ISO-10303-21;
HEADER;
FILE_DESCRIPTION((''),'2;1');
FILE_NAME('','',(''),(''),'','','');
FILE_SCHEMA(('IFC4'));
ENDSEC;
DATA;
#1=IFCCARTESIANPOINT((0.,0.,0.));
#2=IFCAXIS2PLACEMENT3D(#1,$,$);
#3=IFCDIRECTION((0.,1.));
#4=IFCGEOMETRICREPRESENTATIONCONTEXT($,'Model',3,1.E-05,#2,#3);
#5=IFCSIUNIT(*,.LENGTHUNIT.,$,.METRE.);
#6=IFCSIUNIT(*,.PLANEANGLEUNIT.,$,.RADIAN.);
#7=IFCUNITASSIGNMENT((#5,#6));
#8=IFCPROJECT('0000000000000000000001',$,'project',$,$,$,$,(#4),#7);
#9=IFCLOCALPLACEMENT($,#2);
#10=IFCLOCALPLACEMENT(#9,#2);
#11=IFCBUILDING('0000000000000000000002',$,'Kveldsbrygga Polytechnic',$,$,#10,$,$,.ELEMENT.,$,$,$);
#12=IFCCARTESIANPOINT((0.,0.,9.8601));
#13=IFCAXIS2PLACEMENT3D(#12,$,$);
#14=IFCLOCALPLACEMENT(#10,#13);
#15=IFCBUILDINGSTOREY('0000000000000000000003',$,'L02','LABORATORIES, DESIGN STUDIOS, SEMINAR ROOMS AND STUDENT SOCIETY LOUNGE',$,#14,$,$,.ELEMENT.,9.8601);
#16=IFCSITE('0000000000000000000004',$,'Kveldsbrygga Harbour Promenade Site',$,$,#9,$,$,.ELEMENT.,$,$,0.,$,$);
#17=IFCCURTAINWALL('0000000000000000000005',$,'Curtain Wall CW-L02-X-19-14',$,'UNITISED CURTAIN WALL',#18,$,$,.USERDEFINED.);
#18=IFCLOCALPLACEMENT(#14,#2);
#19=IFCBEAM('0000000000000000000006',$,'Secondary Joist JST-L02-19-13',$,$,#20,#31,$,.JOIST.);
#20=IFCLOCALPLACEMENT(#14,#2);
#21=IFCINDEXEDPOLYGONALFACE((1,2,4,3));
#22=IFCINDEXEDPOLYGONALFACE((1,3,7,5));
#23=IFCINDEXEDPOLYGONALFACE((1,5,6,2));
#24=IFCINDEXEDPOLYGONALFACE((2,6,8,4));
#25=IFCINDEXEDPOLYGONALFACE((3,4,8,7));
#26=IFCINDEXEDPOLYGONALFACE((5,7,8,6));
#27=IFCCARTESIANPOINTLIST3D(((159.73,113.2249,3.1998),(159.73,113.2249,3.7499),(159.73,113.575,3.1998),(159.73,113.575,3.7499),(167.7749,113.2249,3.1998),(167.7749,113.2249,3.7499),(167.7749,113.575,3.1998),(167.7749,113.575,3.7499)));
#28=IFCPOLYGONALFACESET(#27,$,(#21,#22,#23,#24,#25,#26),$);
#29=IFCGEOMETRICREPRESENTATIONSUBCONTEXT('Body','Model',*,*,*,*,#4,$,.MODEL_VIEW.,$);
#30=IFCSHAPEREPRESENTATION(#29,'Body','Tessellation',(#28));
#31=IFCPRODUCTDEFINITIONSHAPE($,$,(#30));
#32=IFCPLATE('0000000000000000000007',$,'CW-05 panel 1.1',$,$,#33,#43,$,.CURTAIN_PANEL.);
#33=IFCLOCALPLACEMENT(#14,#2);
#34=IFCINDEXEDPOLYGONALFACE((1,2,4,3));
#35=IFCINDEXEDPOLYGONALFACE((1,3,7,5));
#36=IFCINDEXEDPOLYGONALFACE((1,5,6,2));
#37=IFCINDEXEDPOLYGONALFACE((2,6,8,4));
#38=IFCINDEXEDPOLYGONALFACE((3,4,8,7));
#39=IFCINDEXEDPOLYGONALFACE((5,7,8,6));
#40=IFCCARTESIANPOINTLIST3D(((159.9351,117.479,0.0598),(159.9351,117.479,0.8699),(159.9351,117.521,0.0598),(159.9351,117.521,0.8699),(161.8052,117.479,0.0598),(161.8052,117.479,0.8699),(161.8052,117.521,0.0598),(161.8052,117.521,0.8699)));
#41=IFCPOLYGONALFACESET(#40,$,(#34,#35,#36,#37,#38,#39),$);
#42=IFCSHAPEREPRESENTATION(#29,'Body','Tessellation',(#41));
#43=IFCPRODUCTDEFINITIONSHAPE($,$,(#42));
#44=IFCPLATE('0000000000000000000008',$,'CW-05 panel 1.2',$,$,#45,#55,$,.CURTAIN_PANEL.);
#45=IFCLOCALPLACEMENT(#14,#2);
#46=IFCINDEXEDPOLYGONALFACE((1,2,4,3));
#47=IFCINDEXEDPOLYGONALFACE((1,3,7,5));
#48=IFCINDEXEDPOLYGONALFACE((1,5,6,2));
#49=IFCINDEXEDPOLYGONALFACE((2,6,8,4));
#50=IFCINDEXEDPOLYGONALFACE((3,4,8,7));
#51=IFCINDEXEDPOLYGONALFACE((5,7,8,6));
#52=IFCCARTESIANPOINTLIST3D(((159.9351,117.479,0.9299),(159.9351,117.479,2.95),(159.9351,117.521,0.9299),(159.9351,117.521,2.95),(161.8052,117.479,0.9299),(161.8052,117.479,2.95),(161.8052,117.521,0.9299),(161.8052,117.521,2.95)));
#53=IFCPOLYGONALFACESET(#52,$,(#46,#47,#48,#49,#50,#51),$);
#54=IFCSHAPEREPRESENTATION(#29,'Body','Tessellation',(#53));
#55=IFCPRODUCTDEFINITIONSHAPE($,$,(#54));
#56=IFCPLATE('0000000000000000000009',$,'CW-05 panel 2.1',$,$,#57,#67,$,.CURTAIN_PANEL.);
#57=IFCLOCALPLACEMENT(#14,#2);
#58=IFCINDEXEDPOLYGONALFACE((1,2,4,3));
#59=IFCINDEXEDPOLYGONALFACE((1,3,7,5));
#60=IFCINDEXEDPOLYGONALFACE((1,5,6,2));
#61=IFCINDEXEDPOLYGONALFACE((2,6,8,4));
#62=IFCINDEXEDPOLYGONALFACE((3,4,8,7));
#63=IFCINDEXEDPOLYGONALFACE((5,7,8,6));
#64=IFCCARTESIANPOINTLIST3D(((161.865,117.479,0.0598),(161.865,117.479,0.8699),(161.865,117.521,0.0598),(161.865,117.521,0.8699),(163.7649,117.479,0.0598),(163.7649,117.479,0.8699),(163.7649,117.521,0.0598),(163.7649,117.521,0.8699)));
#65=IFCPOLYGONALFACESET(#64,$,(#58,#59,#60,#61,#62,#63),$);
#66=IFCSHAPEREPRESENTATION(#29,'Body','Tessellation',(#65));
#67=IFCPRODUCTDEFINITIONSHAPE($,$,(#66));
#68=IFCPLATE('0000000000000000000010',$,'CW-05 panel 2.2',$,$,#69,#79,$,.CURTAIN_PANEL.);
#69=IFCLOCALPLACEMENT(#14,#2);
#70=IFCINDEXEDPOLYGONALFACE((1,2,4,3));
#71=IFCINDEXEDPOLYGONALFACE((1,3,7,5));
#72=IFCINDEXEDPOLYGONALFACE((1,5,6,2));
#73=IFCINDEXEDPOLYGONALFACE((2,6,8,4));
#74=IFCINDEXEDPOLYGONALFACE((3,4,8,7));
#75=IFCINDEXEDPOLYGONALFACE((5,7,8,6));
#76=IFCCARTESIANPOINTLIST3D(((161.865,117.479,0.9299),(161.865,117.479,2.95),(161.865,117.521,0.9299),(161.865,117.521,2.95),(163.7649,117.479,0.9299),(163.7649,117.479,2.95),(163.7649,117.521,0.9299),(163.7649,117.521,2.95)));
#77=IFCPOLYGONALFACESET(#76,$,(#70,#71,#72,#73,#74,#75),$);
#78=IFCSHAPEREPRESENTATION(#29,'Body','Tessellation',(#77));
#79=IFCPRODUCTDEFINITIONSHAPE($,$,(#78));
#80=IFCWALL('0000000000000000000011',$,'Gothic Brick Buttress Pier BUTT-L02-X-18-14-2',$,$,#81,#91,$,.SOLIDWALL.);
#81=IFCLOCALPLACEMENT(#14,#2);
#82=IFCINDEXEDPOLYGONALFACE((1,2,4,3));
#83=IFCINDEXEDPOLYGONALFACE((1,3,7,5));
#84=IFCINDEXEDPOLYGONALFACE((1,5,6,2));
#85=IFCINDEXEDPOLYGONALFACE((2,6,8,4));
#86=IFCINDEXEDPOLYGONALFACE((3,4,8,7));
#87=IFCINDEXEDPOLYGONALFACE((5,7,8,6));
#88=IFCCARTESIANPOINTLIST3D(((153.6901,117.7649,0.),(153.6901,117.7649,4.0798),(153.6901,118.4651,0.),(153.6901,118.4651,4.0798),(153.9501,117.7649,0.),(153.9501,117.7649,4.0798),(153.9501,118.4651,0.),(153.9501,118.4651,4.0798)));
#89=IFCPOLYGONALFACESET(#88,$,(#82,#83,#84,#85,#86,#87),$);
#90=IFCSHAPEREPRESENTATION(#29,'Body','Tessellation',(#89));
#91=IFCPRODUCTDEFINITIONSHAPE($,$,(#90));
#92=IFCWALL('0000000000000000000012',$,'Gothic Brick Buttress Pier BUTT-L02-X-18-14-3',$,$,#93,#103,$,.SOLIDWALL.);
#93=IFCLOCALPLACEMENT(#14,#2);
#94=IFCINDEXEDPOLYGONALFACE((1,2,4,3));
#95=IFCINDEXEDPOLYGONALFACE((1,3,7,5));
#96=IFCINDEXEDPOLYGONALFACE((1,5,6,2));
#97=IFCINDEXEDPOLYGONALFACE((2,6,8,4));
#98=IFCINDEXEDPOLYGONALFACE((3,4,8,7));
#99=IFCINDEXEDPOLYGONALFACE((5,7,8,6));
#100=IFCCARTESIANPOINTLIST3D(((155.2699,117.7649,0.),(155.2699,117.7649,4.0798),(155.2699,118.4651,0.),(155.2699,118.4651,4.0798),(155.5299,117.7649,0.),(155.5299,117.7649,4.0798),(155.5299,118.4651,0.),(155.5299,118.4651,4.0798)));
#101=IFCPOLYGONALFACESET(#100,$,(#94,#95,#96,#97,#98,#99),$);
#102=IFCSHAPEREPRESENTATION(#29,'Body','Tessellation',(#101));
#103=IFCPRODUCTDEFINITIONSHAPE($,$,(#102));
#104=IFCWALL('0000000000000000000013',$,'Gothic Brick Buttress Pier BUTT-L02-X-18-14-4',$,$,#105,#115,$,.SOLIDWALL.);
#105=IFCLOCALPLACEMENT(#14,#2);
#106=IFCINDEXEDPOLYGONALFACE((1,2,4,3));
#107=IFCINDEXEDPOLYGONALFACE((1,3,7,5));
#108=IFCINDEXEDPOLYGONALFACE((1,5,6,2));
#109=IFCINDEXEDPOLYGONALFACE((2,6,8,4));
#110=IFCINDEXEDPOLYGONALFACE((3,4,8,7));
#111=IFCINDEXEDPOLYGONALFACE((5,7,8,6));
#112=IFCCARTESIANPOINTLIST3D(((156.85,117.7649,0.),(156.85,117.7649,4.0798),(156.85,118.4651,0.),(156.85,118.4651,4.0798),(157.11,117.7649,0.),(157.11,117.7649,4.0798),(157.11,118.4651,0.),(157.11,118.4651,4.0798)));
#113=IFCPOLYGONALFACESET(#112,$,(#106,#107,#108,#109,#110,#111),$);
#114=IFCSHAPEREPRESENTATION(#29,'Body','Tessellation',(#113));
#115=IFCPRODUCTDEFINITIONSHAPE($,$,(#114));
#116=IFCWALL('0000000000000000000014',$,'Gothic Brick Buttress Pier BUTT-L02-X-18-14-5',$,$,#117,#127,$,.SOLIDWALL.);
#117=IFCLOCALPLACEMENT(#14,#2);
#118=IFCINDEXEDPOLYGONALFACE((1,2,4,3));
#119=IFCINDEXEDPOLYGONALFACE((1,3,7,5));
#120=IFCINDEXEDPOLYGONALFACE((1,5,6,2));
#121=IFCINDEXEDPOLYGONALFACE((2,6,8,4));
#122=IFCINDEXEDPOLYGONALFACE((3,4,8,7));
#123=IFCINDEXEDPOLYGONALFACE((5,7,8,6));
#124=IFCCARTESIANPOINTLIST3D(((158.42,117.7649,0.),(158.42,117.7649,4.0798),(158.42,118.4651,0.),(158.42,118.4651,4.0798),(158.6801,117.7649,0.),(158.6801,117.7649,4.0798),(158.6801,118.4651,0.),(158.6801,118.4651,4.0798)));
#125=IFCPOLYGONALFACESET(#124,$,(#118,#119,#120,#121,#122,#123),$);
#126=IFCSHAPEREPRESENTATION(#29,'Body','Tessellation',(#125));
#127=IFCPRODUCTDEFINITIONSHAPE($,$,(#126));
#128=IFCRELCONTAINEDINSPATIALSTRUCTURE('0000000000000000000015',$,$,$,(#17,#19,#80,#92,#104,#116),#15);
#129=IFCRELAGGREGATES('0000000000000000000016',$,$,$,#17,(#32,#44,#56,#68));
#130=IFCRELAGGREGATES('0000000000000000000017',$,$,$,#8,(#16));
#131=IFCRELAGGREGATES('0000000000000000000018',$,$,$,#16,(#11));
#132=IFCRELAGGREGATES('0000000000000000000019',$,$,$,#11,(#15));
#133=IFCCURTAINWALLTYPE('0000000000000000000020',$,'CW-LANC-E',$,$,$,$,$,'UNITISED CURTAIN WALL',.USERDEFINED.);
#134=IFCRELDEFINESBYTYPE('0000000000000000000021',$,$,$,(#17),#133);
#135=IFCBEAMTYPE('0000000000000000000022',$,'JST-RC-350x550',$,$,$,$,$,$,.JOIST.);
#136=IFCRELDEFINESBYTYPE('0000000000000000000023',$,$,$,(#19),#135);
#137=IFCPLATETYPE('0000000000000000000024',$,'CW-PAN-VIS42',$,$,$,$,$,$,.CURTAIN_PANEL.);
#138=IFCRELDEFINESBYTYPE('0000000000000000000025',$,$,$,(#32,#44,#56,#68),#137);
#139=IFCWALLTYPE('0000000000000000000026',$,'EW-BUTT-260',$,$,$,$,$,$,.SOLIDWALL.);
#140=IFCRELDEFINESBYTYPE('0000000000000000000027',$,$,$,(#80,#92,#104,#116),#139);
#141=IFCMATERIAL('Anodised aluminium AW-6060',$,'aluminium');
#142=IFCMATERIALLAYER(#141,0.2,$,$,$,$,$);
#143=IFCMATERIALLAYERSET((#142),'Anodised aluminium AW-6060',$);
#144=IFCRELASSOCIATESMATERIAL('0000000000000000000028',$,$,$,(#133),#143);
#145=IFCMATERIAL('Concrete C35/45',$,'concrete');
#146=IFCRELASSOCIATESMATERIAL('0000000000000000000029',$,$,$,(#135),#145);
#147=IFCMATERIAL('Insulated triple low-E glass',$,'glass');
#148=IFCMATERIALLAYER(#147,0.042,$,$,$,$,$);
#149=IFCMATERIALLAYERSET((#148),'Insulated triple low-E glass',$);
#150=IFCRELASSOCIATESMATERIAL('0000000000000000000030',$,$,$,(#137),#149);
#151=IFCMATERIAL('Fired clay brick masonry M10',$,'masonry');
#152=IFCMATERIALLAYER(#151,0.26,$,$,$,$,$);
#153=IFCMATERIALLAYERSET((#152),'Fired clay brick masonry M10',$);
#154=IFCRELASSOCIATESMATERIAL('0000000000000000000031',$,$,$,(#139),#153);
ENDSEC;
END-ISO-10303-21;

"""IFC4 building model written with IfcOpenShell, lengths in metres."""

from ifc_helpers import new_model, si_unit, direction, frame, frame_2d, origin, origin_2d, place, context, subcontext, project, spatial, rectangle, extrude, material, layer, layer_set, material_profile, profile_set, type_object, element, aggregate, save


model = new_model("IFC4")

# Units and contexts
model_context = context("Model", 3, precision=1e-05, world=origin(), true_north=direction((0.0, 1.0)))
body_context = subcontext(model_context, "Body", "Model", "MODEL_VIEW")
ifc_project = project(units=[si_unit("LENGTHUNIT", "METRE"), si_unit("PLANEANGLEUNIT", "RADIAN")], contexts=[model_context])

# Site, building, storey
site_placement = place(None, origin())
site = spatial("IfcSite", under=ifc_project, at=site_placement, Name="Kveldsbrygga Harbour Promenade Site", CompositionType="ELEMENT", RefElevation=0.0)
building_placement = place(site_placement, origin())
building = spatial("IfcBuilding", under=site, at=building_placement, Name="Kveldsbrygga Polytechnic", CompositionType="ELEMENT")
storey_placement = place(building_placement, frame((0.0, 0.0, 9.8601)))
storey = spatial("IfcBuildingStorey", under=building, at=storey_placement, Name="L02", Description="LABORATORIES, DESIGN STUDIOS, SEMINAR ROOMS AND STUDENT SOCIETY LOUNGE", CompositionType="ELEMENT", Elevation=9.8601)

# Shared definitions
ifc_material_1 = material(Name="Concrete C35/45", Category="concrete")

# Curtain wall
ifc_material_2 = material(Name="Anodised aluminium AW-6060", Category="aluminium")
ifc_layer_1 = layer(ifc_material_2, 0.2)
ifc_layer_set_1 = layer_set([ifc_layer_1], Name="Anodised aluminium AW-6060")
curtain_wall_type = type_object("IfcCurtainWallType", Name="CW-LANC-E", ElementType="UNITISED CURTAIN WALL", PredefinedType="USERDEFINED", material=ifc_layer_set_1)
curtain_wall_placement = place(storey_placement, origin())
curtain_wall = element("IfcCurtainWall", 1, at=curtain_wall_placement, inside=storey, type_object=curtain_wall_type, Name="Curtain Wall CW-L02-X-19-14", ObjectType="UNITISED CURTAIN WALL", PredefinedType="USERDEFINED")

# Beam
ifc_material_profile_1 = material_profile(ifc_material_1, rectangle(XDim=0.3501, YDim=0.55, at=origin_2d()), Name="RC 350x550")
ifc_profile_set_1 = profile_set([ifc_material_profile_1], Name="Concrete C35/45")
beam_type_1 = type_object("IfcBeamType", Name="JST-RC-350x550", PredefinedType="JOIST", material=ifc_profile_set_1)
beam_1_placement = place(storey_placement, frame((159.73, 113.3999, 3.4749), z_axis=(1.0, 0.0, 0.0), x_axis=(0.0, 1.0, 0.0)))
element("IfcBeam", 2, at=beam_1_placement, inside=storey, type_object=beam_type_1, Name="Secondary Joist JST-L02-19-13", PredefinedType="JOIST", context=body_context, shape_type="SweptSolid", body=[
    extrude(rectangle(XDim=0.3501, YDim=0.55, at=origin_2d()), origin(), (0.0, 0.0, 1.0), 8.0449),
])

# Plates
ifc_material_3 = material(Name="Insulated triple low-E glass", Category="glass")
ifc_layer_2 = layer(ifc_material_3, 0.042)
ifc_layer_set_2 = layer_set([ifc_layer_2], Name="Insulated triple low-E glass")
plate_type = type_object("IfcPlateType", Name="CW-PAN-VIS42", PredefinedType="CURTAIN_PANEL", material=ifc_layer_set_2)
plate_1_placement = place(storey_placement, frame((160.8701, 117.5, 0.0598), z_axis=(0.0, 0.0, 1.0), x_axis=(1.0, 0.0, 0.0)))
plate_1 = element("IfcPlate", 3, at=plate_1_placement, type_object=plate_type, Name="CW-05 panel 1.1", PredefinedType="CURTAIN_PANEL", context=body_context, shape_type="SweptSolid", body=[
    extrude(rectangle(XDim=1.8701, YDim=0.042, at=origin_2d()), origin(), (0.0, 0.0, 1.0), 0.8101),
])
plate_2_placement = place(storey_placement, frame((160.8701, 117.5, 0.9299), z_axis=(0.0, 0.0, 1.0), x_axis=(1.0, 0.0, 0.0)))
plate_2 = element("IfcPlate", 4, at=plate_2_placement, type_object=plate_type, Name="CW-05 panel 1.2", PredefinedType="CURTAIN_PANEL", context=body_context, shape_type="SweptSolid", body=[
    extrude(rectangle(XDim=1.8701, YDim=0.042, at=origin_2d()), origin(), (0.0, 0.0, 1.0), 2.02),
])
plate_3_placement = place(storey_placement, frame((162.8149, 117.5, 0.0598), z_axis=(0.0, 0.0, 1.0), x_axis=(1.0, 0.0, 0.0)))
plate_3 = element("IfcPlate", 5, at=plate_3_placement, type_object=plate_type, Name="CW-05 panel 2.1", PredefinedType="CURTAIN_PANEL", context=body_context, shape_type="SweptSolid", body=[
    extrude(rectangle(XDim=1.8999, YDim=0.042, at=origin_2d()), origin(), (0.0, 0.0, 1.0), 0.8101),
])
plate_4_placement = place(storey_placement, frame((162.8149, 117.5, 0.9299), z_axis=(0.0, 0.0, 1.0), x_axis=(1.0, 0.0, 0.0)))
plate_4 = element("IfcPlate", 6, at=plate_4_placement, type_object=plate_type, Name="CW-05 panel 2.2", PredefinedType="CURTAIN_PANEL", context=body_context, shape_type="SweptSolid", body=[
    extrude(rectangle(XDim=1.8999, YDim=0.042, at=origin_2d()), origin(), (0.0, 0.0, 1.0), 2.02),
])
aggregate(curtain_wall, [plate_1, plate_2, plate_3, plate_4])

# Walls
ifc_material_4 = material(Name="Fired clay brick masonry M10", Category="masonry")
ifc_layer_3 = layer(ifc_material_4, 0.26)
ifc_layer_set_3 = layer_set([ifc_layer_3], Name="Fired clay brick masonry M10")
wall_type = type_object("IfcWallType", Name="EW-BUTT-260", PredefinedType="SOLIDWALL", material=ifc_layer_set_3)
for number, where, z_axis, x_axis, name in (
    (7, (153.8201, 117.7649, 0.0), (0.0, 0.0, 1.0), (0.0, 1.0, 0.0), "Gothic Brick Buttress Pier BUTT-L02-X-18-14-2"),
    (8, (155.3999, 117.7649, 0.0), (0.0, 0.0, 1.0), (0.0, 1.0, 0.0), "Gothic Brick Buttress Pier BUTT-L02-X-18-14-3"),
    (9, (156.98, 117.7649, 0.0), (0.0, 0.0, 1.0), (0.0, 1.0, 0.0), "Gothic Brick Buttress Pier BUTT-L02-X-18-14-4"),
    (10, (158.55, 117.7649, 0.0), (0.0, 0.0, 1.0), (0.0, 1.0, 0.0), "Gothic Brick Buttress Pier BUTT-L02-X-18-14-5"),
):
    element("IfcWall", number, at=place(storey_placement, frame(where, z_axis=z_axis, x_axis=x_axis)), inside=storey, type_object=wall_type, Name=name, PredefinedType="SOLIDWALL", context=body_context, shape_type="SweptSolid", body=[
        extrude(rectangle(XDim=0.7002, YDim=0.26, at=frame_2d((0.3501, 0.0))), origin(), (0.0, 0.0, 1.0), 4.0798),
    ])

save(model, "model.ifc")
